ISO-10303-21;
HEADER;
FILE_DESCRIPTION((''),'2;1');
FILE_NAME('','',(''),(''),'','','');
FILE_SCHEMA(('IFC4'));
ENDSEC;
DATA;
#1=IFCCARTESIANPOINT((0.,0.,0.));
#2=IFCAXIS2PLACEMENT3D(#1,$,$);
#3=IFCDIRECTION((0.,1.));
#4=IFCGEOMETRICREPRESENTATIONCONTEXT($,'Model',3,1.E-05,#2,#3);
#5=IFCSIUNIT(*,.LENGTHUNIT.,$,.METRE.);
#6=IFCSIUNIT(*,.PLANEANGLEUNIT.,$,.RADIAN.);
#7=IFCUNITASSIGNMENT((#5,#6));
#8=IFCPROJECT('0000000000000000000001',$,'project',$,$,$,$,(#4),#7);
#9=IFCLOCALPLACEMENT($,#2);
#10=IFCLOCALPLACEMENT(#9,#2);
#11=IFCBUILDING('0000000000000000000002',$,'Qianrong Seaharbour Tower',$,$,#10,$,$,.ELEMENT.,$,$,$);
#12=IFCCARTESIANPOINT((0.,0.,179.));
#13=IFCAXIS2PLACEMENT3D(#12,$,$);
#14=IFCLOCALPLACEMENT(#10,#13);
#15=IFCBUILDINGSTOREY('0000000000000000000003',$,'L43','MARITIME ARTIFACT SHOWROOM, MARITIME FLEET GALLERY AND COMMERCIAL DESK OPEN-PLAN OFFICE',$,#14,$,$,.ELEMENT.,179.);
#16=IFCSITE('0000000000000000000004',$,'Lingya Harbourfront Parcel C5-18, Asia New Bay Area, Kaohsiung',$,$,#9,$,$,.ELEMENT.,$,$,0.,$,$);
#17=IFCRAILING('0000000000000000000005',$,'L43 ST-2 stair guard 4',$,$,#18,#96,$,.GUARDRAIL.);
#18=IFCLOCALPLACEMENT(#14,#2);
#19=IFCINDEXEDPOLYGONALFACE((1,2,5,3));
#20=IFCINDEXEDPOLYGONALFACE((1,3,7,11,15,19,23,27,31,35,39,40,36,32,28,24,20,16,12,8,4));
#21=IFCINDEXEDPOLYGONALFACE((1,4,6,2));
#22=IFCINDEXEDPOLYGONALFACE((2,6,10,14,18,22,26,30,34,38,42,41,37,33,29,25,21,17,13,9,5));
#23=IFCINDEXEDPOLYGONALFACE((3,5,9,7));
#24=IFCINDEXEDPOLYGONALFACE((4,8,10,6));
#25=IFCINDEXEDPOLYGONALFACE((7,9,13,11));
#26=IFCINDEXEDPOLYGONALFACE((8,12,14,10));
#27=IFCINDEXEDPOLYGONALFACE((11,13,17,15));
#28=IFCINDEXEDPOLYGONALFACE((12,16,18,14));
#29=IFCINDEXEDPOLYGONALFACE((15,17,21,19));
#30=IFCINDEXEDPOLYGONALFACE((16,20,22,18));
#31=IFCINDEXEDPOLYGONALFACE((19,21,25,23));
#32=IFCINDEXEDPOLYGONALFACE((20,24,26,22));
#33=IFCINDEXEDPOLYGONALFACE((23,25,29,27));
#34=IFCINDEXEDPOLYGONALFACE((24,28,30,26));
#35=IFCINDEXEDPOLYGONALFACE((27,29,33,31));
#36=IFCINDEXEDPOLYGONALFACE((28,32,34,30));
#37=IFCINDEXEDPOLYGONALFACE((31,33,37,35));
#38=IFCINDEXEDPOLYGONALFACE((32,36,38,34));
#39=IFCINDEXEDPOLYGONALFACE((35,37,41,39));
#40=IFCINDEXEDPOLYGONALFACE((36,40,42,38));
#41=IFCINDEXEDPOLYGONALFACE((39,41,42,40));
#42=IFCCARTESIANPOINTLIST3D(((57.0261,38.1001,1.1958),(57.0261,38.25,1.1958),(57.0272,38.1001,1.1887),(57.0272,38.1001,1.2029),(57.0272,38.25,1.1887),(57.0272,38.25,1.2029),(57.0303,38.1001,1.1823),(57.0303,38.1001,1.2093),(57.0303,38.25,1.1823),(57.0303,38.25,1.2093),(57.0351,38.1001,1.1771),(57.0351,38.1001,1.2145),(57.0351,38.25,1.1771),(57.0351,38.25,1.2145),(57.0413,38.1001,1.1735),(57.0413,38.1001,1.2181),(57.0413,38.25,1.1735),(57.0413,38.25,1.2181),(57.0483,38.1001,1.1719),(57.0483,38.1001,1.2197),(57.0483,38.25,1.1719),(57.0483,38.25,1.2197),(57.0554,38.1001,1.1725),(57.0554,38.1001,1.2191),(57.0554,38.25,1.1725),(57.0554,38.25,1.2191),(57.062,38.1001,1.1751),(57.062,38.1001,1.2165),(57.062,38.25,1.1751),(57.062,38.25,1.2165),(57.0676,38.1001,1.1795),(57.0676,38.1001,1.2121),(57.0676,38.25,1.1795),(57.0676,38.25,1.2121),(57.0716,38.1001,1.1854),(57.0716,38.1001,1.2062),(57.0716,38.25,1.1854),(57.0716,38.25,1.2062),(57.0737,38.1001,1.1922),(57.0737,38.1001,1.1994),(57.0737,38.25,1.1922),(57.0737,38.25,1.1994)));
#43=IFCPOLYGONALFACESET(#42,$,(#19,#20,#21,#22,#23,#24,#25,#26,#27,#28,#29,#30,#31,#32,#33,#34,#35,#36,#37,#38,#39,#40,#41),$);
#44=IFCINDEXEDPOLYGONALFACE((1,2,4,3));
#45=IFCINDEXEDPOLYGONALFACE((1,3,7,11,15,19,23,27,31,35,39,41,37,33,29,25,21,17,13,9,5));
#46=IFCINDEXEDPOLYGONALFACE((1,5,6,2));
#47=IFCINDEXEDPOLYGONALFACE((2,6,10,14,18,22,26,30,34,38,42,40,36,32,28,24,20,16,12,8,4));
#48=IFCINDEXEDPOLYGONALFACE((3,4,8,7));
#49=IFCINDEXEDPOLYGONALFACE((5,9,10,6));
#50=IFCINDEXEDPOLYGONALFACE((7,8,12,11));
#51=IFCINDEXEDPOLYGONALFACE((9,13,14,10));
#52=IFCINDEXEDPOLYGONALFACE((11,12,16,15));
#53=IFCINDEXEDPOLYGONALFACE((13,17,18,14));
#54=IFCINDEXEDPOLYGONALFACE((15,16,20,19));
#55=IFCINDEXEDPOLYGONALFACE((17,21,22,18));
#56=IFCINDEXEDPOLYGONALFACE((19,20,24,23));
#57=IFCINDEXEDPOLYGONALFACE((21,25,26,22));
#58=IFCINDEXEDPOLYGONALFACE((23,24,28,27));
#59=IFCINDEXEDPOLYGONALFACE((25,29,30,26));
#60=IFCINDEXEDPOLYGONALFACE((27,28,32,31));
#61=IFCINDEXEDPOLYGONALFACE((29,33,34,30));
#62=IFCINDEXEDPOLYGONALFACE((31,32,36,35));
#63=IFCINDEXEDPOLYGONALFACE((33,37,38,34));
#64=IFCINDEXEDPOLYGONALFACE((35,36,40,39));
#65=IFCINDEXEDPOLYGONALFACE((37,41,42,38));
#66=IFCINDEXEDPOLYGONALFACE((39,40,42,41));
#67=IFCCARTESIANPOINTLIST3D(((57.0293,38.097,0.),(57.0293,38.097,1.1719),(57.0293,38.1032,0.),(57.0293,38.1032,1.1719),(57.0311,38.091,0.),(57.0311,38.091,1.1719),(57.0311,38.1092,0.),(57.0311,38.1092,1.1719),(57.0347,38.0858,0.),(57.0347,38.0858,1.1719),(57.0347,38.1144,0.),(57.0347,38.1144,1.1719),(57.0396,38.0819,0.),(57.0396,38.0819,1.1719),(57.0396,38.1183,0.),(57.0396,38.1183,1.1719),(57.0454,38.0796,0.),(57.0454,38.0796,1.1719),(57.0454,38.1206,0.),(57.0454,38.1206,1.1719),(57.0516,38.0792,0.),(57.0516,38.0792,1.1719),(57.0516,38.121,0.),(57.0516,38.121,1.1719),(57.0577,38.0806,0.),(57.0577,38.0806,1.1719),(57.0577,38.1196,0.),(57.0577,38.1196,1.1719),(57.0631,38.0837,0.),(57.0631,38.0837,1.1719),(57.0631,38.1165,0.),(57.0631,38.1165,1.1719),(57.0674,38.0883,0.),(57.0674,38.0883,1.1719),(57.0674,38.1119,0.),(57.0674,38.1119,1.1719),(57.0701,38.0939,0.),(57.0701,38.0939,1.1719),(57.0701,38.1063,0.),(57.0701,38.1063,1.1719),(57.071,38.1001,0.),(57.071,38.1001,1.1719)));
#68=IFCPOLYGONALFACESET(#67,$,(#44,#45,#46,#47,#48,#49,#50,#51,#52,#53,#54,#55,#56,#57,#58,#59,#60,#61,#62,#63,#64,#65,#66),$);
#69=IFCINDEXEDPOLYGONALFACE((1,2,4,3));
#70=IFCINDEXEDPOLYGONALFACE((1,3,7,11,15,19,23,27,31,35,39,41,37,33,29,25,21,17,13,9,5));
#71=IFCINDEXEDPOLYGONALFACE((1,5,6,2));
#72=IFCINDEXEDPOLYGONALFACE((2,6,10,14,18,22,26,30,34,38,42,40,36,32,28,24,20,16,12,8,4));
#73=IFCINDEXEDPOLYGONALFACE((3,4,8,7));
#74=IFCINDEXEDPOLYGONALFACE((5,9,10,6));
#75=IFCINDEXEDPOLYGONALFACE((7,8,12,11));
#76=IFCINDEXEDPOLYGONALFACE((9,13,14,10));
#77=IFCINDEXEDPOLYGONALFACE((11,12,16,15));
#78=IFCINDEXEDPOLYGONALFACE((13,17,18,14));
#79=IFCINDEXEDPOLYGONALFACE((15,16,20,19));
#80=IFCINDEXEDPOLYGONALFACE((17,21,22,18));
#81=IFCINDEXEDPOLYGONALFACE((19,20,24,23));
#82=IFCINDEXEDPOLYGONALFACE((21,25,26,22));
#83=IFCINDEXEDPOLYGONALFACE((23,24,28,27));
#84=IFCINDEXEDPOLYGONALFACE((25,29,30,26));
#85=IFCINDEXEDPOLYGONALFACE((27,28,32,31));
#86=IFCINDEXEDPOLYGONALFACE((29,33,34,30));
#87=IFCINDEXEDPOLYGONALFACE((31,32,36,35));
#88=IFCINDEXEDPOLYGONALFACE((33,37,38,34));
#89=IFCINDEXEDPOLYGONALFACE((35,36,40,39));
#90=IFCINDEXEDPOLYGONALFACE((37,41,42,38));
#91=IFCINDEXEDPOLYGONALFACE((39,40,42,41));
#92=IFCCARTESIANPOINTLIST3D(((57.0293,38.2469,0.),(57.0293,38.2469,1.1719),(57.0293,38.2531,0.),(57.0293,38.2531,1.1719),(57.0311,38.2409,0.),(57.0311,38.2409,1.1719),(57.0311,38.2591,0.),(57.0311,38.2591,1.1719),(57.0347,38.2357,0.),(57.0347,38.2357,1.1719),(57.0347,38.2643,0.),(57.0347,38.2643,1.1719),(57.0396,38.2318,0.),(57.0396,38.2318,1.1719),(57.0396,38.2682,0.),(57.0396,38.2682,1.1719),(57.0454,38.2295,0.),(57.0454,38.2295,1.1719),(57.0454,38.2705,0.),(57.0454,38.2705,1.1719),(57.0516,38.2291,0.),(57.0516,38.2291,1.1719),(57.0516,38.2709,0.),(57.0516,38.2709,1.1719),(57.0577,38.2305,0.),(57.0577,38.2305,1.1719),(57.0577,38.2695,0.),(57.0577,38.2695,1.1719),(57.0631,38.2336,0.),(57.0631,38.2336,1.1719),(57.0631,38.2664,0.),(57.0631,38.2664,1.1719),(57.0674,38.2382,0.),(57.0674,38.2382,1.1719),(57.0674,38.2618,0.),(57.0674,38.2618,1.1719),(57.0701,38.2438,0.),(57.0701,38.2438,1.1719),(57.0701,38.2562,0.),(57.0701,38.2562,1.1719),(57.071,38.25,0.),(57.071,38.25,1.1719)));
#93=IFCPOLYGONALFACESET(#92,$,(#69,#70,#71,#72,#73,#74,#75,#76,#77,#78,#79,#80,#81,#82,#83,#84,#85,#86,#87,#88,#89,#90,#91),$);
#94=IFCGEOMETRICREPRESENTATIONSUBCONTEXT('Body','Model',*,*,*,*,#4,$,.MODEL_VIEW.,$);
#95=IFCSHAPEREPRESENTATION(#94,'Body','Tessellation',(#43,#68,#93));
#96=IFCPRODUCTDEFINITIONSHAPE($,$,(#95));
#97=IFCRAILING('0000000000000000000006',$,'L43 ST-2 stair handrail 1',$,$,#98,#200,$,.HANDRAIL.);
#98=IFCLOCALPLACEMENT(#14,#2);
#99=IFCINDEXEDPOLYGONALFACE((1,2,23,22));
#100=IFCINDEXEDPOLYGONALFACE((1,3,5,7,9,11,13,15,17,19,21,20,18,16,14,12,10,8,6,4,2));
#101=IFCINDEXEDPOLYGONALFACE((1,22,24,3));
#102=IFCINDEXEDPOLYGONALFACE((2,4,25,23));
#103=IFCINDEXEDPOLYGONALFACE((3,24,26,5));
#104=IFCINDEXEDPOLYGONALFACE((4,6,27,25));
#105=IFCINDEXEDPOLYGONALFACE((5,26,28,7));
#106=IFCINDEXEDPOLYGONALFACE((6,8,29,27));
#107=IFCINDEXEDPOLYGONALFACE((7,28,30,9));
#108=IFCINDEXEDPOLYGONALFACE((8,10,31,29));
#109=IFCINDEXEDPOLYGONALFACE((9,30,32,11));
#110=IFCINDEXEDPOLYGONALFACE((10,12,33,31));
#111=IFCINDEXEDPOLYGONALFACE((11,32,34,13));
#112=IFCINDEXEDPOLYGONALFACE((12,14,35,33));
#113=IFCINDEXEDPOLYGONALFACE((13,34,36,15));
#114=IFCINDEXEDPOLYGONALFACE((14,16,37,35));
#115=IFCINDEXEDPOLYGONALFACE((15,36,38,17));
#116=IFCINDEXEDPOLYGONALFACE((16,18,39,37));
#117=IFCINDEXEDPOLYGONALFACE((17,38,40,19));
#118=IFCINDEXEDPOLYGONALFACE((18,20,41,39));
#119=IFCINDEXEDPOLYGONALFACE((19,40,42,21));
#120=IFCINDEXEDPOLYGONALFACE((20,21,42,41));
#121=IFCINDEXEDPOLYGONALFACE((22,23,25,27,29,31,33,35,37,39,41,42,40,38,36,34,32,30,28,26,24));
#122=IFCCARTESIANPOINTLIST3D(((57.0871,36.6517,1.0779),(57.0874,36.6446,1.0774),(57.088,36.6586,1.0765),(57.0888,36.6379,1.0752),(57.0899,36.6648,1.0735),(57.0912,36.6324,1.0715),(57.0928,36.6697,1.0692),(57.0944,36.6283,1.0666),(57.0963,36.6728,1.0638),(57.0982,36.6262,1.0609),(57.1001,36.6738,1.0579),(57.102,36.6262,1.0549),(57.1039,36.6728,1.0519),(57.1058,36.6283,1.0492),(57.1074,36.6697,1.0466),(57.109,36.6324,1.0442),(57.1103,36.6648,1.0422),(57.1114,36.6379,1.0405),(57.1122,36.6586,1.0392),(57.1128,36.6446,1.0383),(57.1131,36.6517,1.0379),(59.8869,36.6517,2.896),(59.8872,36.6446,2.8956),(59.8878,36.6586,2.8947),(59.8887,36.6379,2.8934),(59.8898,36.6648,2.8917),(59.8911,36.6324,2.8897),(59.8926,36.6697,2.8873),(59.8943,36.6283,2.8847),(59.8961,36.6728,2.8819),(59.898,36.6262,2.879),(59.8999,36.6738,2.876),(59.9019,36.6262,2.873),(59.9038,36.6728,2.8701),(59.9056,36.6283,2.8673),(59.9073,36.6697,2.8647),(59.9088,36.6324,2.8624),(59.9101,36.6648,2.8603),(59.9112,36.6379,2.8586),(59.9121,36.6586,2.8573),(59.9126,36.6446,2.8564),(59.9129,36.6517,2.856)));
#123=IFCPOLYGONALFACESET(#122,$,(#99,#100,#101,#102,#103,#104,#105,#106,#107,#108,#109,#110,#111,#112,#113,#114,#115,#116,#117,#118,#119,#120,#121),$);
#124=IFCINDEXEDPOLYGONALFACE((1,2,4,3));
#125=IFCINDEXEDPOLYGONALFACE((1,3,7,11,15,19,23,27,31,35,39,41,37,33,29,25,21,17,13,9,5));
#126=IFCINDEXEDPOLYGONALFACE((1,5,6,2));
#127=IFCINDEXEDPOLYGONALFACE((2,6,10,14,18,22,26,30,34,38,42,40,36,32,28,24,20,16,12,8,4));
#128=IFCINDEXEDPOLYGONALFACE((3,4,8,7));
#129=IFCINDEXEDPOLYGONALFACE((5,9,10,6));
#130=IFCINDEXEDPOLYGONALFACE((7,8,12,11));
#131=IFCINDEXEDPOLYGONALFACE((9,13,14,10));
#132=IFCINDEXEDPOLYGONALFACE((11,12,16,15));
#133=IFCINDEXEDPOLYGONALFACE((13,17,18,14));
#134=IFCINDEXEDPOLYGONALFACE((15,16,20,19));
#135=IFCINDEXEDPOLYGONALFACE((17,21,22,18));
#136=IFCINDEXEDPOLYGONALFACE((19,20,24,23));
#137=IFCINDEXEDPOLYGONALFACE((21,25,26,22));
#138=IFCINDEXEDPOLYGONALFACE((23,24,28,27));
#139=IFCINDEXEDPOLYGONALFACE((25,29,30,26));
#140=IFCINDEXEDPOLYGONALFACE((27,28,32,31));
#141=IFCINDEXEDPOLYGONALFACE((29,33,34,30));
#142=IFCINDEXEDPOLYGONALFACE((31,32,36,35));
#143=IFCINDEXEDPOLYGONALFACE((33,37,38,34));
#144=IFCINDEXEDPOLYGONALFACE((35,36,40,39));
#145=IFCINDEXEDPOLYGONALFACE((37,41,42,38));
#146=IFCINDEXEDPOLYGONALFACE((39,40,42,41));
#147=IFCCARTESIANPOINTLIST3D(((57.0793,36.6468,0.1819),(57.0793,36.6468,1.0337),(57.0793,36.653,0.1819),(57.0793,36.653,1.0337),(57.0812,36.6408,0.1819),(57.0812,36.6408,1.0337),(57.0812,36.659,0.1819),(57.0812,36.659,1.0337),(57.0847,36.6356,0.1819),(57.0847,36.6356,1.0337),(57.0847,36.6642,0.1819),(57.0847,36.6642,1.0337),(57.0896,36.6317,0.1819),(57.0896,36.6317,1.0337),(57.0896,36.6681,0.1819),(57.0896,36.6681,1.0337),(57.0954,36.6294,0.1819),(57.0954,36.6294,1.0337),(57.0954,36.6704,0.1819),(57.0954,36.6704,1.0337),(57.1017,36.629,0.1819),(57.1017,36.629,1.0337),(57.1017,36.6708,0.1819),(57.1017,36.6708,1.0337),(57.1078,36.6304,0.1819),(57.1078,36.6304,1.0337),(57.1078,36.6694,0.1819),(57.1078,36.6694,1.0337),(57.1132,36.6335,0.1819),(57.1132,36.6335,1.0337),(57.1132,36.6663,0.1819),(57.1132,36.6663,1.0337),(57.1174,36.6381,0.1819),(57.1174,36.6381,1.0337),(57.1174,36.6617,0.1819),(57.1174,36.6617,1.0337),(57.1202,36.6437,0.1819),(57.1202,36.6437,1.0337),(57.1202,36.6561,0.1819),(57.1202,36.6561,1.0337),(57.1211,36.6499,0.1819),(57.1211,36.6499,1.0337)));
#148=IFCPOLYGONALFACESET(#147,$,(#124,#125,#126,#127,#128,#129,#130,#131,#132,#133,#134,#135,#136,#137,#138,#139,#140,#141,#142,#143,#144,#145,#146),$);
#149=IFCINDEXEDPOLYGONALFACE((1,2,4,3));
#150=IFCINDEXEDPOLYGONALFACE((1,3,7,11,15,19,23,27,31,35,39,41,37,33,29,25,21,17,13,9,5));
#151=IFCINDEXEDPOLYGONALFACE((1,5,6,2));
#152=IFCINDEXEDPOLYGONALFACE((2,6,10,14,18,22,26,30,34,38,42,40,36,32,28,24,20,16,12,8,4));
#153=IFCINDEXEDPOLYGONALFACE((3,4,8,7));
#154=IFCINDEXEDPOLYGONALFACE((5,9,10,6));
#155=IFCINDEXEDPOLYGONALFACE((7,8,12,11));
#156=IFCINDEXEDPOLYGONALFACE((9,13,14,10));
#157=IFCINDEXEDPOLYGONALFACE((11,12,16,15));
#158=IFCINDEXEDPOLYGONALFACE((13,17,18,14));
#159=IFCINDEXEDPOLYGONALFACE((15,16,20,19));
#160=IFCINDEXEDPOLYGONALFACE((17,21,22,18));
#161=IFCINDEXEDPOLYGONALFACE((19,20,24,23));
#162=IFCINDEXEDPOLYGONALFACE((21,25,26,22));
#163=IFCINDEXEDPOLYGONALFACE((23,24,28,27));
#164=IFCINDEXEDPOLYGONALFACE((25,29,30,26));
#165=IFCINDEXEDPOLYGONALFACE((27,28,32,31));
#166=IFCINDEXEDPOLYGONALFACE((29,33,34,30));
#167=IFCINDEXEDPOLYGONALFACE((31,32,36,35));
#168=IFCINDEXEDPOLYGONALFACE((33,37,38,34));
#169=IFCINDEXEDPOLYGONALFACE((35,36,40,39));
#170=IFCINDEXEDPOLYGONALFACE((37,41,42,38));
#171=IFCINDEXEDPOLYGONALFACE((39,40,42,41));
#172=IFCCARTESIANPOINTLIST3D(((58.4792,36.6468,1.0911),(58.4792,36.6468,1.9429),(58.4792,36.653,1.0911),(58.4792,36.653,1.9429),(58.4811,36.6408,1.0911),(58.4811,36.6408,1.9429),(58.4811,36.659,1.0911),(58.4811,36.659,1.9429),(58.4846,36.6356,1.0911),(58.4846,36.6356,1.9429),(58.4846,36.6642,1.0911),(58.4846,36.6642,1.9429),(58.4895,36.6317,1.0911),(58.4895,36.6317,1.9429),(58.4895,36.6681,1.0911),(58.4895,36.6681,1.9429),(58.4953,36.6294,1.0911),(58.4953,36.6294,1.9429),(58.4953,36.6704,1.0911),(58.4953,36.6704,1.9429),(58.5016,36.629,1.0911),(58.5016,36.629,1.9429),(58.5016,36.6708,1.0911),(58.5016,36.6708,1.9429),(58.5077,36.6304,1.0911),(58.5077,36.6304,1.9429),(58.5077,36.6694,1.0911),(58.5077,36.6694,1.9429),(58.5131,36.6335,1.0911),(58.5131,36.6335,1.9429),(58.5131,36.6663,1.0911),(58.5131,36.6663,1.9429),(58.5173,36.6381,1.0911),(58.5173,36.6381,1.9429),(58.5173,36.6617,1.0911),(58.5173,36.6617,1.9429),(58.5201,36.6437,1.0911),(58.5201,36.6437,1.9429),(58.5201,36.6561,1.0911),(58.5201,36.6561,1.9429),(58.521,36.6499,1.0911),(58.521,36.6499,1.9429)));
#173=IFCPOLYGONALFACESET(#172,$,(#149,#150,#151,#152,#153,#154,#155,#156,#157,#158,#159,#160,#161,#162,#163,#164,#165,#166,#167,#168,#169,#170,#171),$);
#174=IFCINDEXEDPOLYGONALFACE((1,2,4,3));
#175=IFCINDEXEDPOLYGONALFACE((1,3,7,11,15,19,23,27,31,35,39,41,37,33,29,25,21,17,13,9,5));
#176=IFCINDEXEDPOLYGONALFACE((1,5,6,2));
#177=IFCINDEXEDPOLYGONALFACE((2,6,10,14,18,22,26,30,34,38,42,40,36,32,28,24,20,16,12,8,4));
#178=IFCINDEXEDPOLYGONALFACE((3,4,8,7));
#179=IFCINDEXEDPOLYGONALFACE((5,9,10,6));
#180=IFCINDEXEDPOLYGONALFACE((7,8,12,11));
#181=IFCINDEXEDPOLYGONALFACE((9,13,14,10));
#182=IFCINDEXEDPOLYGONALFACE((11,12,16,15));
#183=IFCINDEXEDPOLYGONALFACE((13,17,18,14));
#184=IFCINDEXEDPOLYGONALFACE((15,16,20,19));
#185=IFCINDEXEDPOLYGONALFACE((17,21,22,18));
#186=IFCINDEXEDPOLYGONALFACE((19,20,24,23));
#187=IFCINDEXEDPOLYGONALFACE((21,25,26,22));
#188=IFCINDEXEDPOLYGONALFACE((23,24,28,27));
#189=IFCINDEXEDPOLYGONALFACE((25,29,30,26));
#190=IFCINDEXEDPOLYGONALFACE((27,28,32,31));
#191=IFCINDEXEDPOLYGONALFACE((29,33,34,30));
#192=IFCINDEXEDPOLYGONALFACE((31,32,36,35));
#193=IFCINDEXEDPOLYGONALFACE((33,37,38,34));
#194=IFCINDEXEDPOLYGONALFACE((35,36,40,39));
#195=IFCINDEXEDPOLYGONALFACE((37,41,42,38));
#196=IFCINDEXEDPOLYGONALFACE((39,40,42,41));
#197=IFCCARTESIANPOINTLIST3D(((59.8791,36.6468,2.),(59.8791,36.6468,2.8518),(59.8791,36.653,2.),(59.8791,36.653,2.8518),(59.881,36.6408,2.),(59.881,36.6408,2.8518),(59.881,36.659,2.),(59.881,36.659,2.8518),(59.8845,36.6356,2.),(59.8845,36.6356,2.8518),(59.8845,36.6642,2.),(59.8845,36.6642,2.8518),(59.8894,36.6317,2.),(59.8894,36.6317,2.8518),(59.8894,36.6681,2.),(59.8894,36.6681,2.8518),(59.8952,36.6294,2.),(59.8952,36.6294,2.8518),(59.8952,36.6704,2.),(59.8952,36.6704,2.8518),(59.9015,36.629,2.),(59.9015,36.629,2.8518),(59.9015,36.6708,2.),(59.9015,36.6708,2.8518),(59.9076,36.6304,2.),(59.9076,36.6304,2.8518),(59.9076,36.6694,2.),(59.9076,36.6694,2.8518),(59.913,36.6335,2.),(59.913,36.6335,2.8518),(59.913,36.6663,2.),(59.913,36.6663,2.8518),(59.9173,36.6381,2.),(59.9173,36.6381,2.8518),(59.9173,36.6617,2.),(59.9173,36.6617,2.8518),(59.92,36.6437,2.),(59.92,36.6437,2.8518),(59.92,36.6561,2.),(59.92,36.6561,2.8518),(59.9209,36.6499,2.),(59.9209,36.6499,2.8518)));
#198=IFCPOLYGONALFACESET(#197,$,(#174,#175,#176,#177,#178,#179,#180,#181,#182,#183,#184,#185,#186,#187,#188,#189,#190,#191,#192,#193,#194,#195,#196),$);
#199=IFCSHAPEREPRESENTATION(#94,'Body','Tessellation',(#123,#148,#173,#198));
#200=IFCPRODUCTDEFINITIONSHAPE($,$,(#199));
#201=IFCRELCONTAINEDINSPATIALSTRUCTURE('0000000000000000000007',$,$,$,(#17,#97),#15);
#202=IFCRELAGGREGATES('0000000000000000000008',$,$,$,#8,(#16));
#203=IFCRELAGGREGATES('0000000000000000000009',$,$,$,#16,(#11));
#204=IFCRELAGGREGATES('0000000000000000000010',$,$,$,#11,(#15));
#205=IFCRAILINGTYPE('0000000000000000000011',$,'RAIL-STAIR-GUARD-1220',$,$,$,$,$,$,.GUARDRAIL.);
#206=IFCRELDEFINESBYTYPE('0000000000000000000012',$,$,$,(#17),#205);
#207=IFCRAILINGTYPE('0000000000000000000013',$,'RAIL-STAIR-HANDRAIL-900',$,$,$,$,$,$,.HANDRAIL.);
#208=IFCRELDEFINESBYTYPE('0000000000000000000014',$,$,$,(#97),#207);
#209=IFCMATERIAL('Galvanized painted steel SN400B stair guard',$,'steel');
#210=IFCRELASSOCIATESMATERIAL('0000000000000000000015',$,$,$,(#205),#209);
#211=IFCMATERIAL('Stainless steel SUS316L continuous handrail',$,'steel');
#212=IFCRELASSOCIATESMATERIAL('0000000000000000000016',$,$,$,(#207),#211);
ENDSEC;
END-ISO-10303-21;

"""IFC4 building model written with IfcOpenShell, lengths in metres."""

from ifc_helpers import new_model, si_unit, direction, frame, origin, origin_2d, place, context, subcontext, project, spatial, circle, extrude, material, type_object, element, save


model = new_model("IFC4")

# Units and contexts
model_context = context("Model", 3, precision=1e-05, world=origin(), true_north=direction((0.0, 1.0)))
body_context = subcontext(model_context, "Body", "Model", "MODEL_VIEW")
ifc_project = project(units=[si_unit("LENGTHUNIT", "METRE"), si_unit("PLANEANGLEUNIT", "RADIAN")], contexts=[model_context])

# Site, building, storey
site_placement = place(None, origin())
site = spatial("IfcSite", under=ifc_project, at=site_placement, Name="Lingya Harbourfront Parcel C5-18, Asia New Bay Area, Kaohsiung", CompositionType="ELEMENT", RefElevation=0.0)
building_placement = place(site_placement, origin())
building = spatial("IfcBuilding", under=site, at=building_placement, Name="Qianrong Seaharbour Tower", CompositionType="ELEMENT")
storey_placement = place(building_placement, frame((0.0, 0.0, 179.0)))
storey = spatial("IfcBuildingStorey", under=building, at=storey_placement, Name="L43", Description="MARITIME ARTIFACT SHOWROOM, MARITIME FLEET GALLERY AND COMMERCIAL DESK OPEN-PLAN OFFICE", CompositionType="ELEMENT", Elevation=179.0)

# Railings
ifc_material_1 = material(Name="Galvanized painted steel SN400B stair guard", Category="steel")
railing_type_1 = type_object("IfcRailingType", Name="RAIL-STAIR-GUARD-1220", PredefinedType="GUARDRAIL", material=ifc_material_1)
railing_1_placement = place(storey_placement, frame((57.05, 38.1001, 0.0)))
element("IfcRailing", 1, at=railing_1_placement, inside=storey, type_object=railing_type_1, Name="L43 ST-2 stair guard 4", PredefinedType="GUARDRAIL", context=body_context, shape_type="SweptSolid", body=[
    extrude(circle(Radius=0.0239, at=origin_2d()), frame((0.0, 0.0, 1.1958), z_axis=(0.0, 1.0, 0.0), x_axis=(-1.0, 0.0, 0.0)), (0.0, 0.0, 1.0), 0.1499),
    extrude(circle(Radius=0.021, at=origin_2d()), origin(), (0.0, 0.0, 1.0), 1.1719),
    extrude(circle(Radius=0.021, at=origin_2d()), frame((0.0, 0.1499, 0.0)), (0.0, 0.0, 1.0), 1.1719),
])
ifc_material_2 = material(Name="Stainless steel SUS316L continuous handrail", Category="steel")
railing_type_2 = type_object("IfcRailingType", Name="RAIL-STAIR-HANDRAIL-900", PredefinedType="HANDRAIL", material=ifc_material_2)
railing_2_placement = place(storey_placement, frame((57.1001, 36.6499, 0.1819)))
element("IfcRailing", 2, at=railing_2_placement, inside=storey, type_object=railing_type_2, Name="L43 ST-2 stair handrail 1", PredefinedType="HANDRAIL", context=body_context, shape_type="SweptSolid", body=[
    extrude(circle(Radius=0.0239, at=origin_2d()), frame((0.0, 0.0, 0.876), z_axis=(0.838684, 0.0, 0.544618), x_axis=(0.0, 1.0, 0.0)), (0.0, 0.0, 1.0), 3.3384),
    extrude(circle(Radius=0.021, at=origin_2d()), origin(), (0.0, 0.0, 1.0), 0.8518),
    extrude(circle(Radius=0.021, at=origin_2d()), frame((1.3999, 0.0, 0.9092)), (0.0, 0.0, 1.0), 0.8518),
    extrude(circle(Radius=0.021, at=origin_2d()), frame((2.7998, 0.0, 1.8181)), (0.0, 0.0, 1.0), 0.8518),
])

save(model, "model.ifc")
